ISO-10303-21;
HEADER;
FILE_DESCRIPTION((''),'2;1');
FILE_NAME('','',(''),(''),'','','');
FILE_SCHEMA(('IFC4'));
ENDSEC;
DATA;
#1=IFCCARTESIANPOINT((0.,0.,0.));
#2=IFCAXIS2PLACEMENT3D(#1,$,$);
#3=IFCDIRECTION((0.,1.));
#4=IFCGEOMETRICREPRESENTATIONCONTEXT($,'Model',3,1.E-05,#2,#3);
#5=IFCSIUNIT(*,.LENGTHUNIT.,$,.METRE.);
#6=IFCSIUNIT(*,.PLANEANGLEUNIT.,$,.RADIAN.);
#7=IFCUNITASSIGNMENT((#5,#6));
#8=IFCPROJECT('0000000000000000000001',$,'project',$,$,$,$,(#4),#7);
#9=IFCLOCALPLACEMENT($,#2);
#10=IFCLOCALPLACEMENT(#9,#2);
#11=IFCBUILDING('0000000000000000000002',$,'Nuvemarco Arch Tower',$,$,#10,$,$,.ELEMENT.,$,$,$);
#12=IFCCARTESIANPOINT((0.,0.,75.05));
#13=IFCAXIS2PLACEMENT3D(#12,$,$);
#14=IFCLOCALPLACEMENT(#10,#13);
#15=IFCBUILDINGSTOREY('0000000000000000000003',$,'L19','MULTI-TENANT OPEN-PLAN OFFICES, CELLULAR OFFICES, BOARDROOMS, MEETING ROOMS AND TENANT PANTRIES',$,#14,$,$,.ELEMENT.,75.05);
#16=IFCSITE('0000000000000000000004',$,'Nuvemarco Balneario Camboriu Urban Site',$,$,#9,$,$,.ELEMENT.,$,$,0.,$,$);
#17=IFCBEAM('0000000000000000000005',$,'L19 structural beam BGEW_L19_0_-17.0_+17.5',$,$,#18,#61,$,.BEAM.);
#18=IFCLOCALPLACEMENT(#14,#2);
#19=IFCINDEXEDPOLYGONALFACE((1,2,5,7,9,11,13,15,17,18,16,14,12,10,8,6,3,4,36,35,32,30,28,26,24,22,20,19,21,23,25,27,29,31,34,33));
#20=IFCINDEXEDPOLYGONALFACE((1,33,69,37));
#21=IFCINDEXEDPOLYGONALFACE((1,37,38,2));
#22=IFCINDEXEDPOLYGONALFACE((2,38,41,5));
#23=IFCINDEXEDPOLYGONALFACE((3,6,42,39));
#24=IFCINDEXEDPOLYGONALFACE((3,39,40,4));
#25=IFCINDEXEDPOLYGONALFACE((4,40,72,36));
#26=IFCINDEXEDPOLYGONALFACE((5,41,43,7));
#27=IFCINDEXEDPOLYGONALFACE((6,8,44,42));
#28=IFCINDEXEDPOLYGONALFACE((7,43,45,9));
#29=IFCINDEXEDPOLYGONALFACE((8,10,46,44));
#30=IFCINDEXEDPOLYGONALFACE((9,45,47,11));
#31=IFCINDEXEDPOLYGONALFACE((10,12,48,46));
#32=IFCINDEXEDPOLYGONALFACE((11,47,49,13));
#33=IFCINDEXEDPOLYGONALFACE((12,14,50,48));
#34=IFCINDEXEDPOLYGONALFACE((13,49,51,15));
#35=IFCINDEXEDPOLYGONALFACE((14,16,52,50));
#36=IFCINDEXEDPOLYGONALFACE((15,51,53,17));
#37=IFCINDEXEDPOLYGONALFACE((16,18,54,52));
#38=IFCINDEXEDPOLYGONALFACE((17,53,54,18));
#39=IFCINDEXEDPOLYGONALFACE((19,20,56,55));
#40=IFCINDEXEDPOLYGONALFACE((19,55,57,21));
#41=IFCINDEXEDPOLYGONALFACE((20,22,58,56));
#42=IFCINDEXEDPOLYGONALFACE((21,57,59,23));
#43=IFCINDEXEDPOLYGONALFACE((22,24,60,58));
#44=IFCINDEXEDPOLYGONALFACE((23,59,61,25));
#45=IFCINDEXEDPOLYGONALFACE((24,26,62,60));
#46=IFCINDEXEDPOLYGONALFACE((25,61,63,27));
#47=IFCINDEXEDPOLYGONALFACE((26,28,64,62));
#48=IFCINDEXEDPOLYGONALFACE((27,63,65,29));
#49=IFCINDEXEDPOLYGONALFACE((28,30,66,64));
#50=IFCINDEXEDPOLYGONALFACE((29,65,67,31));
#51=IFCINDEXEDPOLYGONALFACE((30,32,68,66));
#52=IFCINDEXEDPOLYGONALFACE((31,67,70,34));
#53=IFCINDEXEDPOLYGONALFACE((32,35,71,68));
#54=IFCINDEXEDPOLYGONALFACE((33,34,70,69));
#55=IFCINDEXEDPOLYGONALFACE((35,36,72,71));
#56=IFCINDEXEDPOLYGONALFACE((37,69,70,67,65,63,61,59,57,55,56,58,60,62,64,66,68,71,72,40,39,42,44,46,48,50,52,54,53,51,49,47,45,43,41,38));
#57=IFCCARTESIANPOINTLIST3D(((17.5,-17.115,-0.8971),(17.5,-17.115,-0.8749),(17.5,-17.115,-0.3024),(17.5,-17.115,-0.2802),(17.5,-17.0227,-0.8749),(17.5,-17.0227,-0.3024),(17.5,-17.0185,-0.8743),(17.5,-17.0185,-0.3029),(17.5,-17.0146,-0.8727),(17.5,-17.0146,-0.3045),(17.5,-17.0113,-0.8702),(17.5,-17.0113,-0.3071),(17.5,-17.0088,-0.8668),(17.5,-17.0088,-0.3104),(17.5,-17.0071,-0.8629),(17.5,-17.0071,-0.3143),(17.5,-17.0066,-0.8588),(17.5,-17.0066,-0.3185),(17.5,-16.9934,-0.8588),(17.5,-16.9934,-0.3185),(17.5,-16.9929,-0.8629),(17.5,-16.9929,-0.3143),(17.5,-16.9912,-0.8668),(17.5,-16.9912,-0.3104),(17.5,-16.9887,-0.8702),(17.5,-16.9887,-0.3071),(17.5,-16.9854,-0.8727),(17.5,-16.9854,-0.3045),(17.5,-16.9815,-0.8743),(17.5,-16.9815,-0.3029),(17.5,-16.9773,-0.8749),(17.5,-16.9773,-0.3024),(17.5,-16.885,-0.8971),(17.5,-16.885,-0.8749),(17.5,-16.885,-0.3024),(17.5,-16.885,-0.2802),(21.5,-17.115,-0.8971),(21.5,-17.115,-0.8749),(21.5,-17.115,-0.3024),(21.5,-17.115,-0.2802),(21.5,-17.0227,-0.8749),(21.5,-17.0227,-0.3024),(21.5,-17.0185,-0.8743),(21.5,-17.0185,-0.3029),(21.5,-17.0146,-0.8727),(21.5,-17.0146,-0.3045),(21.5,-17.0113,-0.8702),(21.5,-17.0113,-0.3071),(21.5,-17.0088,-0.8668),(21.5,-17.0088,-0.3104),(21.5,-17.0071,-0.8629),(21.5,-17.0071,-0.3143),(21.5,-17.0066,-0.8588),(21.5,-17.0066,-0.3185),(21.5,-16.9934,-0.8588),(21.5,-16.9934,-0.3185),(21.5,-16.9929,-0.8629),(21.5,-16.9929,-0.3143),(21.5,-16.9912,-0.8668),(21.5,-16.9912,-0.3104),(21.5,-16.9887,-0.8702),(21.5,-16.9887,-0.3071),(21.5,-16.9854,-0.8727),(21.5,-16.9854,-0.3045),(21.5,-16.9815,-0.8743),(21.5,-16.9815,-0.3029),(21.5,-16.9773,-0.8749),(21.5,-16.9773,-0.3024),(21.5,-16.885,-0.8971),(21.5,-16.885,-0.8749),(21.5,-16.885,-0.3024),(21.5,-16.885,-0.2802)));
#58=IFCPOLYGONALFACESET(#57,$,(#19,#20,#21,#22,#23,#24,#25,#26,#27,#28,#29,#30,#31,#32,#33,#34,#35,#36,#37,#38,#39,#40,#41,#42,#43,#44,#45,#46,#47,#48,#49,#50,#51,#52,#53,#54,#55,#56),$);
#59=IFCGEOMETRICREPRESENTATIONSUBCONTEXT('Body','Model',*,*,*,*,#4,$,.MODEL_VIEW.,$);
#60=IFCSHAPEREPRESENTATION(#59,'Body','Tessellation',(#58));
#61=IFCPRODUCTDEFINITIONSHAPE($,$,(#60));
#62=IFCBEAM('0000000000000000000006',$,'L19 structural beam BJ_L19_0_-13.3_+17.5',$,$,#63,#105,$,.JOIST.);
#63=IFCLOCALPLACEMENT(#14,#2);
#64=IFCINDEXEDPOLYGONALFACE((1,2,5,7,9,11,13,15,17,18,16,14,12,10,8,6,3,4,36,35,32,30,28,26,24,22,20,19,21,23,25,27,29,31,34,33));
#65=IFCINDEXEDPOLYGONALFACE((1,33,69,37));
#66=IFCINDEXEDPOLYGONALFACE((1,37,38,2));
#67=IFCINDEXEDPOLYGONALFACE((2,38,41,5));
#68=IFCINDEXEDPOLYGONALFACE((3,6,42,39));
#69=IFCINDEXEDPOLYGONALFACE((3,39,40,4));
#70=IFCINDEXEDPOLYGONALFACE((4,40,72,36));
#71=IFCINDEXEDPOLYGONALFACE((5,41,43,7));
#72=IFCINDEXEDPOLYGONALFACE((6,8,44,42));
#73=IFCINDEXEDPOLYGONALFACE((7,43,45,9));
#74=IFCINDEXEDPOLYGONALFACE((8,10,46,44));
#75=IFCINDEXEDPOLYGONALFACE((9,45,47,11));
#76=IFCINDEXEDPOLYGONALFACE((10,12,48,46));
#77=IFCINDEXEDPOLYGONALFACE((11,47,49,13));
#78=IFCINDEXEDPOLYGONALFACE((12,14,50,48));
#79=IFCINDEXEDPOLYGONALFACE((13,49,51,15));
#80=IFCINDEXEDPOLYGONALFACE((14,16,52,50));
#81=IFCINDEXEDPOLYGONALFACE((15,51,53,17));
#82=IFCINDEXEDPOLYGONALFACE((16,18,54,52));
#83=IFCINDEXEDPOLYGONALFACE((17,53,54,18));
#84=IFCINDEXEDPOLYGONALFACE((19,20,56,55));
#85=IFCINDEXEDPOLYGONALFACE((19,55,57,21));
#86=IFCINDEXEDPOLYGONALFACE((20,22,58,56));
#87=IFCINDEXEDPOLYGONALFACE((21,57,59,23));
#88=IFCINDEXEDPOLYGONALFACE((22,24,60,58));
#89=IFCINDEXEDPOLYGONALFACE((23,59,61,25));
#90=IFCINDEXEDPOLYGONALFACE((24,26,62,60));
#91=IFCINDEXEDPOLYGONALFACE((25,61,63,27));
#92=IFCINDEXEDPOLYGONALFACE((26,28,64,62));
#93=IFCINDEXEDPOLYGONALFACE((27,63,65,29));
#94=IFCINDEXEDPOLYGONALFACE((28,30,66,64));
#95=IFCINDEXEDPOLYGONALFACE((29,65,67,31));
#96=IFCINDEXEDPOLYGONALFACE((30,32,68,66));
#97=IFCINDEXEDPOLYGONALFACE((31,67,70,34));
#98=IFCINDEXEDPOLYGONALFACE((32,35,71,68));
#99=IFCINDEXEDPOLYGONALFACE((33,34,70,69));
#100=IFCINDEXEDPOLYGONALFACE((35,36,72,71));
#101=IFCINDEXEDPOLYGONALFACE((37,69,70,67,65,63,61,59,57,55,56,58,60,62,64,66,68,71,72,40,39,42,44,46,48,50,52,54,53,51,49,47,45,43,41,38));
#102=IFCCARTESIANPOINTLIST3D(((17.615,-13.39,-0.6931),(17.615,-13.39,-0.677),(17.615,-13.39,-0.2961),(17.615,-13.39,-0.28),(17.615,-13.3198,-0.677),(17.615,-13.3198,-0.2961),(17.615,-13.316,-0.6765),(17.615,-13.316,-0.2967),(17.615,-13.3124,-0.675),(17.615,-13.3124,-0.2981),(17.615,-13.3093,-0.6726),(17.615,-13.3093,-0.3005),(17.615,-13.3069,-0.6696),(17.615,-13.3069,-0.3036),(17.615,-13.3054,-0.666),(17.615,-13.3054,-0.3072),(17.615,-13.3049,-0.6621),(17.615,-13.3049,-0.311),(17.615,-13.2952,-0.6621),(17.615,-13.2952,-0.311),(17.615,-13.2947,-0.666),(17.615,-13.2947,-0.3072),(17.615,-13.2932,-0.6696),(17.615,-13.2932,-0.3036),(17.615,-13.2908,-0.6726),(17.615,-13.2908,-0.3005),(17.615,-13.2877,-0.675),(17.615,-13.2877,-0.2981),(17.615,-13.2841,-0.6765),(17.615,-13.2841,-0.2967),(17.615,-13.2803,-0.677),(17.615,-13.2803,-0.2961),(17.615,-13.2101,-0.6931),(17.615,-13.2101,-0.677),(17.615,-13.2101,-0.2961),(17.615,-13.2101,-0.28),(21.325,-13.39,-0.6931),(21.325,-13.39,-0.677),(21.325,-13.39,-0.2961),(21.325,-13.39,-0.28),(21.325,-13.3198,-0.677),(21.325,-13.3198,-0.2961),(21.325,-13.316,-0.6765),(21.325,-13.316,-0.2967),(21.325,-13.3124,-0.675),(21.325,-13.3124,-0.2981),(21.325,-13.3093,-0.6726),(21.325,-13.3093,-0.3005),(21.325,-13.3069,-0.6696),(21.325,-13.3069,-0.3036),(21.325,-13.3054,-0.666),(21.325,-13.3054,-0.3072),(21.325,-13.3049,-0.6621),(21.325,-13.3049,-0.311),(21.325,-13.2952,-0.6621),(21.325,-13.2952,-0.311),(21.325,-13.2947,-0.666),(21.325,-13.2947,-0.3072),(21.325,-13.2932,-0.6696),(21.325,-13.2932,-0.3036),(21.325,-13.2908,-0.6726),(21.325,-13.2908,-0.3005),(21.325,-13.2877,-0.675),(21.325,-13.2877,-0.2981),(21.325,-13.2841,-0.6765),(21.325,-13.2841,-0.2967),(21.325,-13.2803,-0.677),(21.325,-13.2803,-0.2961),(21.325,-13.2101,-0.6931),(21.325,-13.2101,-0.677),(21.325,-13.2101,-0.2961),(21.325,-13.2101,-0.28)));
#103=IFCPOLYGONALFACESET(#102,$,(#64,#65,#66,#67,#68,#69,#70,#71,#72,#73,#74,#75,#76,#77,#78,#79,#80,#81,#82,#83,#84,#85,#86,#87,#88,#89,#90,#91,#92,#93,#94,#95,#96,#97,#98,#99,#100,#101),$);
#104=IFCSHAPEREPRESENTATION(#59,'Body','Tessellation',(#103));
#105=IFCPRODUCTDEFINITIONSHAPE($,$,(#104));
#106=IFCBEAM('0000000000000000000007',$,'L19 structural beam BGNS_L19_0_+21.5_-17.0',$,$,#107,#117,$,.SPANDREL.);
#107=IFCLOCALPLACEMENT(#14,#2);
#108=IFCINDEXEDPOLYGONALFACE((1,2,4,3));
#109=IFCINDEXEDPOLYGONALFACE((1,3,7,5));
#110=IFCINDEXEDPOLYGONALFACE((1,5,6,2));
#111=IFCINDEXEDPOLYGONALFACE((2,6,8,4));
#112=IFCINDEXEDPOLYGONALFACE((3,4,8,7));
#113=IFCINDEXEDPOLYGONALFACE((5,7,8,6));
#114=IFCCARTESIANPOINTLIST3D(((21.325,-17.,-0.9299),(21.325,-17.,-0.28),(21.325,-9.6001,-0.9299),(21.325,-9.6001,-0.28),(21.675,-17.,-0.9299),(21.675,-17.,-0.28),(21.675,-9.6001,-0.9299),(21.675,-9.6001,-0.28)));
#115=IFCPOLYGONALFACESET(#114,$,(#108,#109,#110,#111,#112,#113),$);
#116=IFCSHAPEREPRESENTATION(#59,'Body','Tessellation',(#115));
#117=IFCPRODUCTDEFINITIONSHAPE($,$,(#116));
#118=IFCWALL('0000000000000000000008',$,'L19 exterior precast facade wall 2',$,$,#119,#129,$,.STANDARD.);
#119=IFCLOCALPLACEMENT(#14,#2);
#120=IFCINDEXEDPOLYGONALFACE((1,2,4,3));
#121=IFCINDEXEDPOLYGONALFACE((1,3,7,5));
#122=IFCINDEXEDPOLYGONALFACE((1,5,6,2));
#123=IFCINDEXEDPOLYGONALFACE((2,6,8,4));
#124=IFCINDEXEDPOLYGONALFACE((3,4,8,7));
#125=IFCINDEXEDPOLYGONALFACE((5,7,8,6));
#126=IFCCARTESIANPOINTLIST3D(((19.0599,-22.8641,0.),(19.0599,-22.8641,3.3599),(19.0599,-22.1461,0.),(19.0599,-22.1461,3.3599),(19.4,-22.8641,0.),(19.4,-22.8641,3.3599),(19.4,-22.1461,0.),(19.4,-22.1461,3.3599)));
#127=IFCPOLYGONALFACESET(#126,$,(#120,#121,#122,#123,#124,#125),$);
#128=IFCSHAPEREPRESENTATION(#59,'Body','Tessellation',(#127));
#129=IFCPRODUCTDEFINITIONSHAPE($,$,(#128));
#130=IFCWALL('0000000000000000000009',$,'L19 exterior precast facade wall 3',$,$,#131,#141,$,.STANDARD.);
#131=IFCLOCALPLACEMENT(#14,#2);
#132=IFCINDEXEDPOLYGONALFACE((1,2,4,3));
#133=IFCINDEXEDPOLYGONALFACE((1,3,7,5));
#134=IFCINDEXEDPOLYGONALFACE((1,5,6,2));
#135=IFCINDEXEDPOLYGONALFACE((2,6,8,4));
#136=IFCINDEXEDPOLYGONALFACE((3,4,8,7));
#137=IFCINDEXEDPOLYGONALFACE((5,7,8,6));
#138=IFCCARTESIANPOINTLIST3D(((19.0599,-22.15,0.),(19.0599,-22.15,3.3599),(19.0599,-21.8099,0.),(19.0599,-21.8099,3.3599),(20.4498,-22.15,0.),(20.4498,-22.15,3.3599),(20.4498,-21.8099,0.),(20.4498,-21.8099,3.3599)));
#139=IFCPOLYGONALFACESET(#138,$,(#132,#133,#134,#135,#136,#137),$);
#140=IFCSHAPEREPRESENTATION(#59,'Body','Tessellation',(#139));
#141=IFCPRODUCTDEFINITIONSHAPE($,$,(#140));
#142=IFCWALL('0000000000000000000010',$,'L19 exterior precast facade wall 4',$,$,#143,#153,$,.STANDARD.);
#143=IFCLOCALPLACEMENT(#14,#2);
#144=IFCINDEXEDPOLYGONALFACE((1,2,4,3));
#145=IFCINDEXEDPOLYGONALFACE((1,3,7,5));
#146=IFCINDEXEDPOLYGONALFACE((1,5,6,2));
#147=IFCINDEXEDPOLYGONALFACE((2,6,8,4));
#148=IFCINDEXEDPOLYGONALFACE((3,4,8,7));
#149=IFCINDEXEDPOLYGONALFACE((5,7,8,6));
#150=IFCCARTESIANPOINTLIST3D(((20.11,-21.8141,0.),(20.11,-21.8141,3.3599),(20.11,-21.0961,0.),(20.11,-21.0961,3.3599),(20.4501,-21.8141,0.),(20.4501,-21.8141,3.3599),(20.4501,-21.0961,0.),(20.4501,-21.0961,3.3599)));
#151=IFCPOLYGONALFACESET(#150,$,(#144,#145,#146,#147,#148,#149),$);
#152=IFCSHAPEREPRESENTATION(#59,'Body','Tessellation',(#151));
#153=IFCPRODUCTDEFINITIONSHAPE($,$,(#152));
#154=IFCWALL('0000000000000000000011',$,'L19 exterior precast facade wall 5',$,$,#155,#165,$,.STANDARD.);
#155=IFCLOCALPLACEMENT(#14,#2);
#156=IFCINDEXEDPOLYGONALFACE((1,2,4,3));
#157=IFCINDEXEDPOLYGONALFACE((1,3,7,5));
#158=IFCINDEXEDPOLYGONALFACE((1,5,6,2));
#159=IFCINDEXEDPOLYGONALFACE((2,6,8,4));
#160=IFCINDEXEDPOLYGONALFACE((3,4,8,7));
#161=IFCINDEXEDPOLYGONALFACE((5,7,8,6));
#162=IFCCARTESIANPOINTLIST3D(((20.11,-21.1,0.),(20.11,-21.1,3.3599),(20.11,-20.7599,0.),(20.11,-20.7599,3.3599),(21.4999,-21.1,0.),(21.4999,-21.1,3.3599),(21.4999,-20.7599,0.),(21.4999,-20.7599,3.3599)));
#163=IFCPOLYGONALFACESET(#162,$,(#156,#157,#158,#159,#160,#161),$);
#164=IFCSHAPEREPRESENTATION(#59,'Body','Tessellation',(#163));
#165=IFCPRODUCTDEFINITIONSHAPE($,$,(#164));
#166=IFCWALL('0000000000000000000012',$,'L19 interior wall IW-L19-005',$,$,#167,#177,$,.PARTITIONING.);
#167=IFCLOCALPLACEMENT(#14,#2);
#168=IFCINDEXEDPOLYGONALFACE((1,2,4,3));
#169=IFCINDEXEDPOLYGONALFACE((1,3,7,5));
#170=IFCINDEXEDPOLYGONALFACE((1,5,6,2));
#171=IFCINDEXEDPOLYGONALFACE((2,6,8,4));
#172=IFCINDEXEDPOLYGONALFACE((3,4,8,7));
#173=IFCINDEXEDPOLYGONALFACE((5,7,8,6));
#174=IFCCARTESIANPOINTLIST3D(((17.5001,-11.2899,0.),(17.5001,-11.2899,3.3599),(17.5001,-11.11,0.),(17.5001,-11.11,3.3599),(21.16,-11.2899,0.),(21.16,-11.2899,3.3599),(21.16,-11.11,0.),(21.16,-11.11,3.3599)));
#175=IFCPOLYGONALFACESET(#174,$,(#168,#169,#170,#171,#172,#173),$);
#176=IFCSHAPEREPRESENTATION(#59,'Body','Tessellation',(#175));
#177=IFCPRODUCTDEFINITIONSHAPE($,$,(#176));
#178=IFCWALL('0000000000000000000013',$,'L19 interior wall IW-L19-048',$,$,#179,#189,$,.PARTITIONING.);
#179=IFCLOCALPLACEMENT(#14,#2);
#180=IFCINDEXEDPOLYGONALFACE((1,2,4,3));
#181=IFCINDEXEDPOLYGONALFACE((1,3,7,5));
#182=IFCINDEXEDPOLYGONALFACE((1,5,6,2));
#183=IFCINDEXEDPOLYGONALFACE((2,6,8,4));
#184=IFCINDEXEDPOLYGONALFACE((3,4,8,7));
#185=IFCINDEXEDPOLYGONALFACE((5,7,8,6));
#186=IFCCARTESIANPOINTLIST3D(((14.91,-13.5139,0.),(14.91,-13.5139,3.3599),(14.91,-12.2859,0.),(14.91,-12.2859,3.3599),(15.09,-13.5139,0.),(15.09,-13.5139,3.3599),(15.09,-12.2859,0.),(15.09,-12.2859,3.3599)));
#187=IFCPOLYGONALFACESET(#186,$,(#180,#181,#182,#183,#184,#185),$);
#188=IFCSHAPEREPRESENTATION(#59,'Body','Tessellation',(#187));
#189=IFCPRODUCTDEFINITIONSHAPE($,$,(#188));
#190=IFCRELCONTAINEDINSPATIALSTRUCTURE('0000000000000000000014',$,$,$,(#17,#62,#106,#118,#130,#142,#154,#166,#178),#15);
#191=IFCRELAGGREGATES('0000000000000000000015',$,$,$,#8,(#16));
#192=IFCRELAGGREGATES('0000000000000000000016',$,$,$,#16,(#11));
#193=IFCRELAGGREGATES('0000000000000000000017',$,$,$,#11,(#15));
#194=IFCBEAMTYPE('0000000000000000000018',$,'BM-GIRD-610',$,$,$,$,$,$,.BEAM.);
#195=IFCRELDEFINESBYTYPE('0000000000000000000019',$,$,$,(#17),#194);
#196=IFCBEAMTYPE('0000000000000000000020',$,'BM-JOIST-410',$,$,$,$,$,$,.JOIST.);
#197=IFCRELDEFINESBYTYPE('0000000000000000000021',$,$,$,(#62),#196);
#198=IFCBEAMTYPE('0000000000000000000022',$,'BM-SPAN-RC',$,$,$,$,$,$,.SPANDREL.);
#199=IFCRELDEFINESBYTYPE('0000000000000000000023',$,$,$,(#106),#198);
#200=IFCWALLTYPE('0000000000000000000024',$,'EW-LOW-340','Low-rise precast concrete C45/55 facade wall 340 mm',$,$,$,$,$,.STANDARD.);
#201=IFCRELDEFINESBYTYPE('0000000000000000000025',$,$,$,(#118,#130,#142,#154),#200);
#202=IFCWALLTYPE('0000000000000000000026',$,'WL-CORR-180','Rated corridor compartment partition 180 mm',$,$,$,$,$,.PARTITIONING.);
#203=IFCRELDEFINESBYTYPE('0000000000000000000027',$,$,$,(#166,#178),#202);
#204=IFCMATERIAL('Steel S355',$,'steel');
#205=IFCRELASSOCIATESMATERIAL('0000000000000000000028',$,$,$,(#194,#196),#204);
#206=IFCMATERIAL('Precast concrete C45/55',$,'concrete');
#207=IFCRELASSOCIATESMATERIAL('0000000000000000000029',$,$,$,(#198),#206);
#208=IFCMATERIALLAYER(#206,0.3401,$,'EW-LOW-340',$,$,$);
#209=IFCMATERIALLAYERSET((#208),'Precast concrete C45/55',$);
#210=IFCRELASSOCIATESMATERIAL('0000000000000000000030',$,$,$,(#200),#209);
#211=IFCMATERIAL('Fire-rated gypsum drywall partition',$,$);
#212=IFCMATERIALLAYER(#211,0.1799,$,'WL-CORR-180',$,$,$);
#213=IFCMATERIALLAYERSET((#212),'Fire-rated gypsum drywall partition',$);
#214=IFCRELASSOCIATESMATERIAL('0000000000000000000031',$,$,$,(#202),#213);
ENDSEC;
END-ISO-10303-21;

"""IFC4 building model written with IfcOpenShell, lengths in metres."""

from ifc_helpers import new_model, si_unit, direction, frame, frame_2d, origin, origin_2d, place, context, subcontext, project, spatial, rectangle, i_section, extrude, material, layer, layer_set, material_profile, profile_set, type_object, element, save


model = new_model("IFC4")

# Units and contexts
model_context = context("Model", 3, precision=1e-05, world=origin(), true_north=direction((0.0, 1.0)))
body_context = subcontext(model_context, "Body", "Model", "MODEL_VIEW")
ifc_project = project(units=[si_unit("LENGTHUNIT", "METRE"), si_unit("PLANEANGLEUNIT", "RADIAN")], contexts=[model_context])

# Site, building, storey
site_placement = place(None, origin())
site = spatial("IfcSite", under=ifc_project, at=site_placement, Name="Nuvemarco Balneario Camboriu Urban Site", CompositionType="ELEMENT", RefElevation=0.0)
building_placement = place(site_placement, origin())
building = spatial("IfcBuilding", under=site, at=building_placement, Name="Nuvemarco Arch Tower", CompositionType="ELEMENT")
storey_placement = place(building_placement, frame((0.0, 0.0, 75.05)))
storey = spatial("IfcBuildingStorey", under=building, at=storey_placement, Name="L19", Description="MULTI-TENANT OPEN-PLAN OFFICES, CELLULAR OFFICES, BOARDROOMS, MEETING ROOMS AND TENANT PANTRIES", CompositionType="ELEMENT", Elevation=75.05)

# Shared definitions
ifc_material_1 = material(Name="Steel S355", Category="steel")

# Beams
ifc_material_profile_1 = material_profile(ifc_material_1, i_section(OverallWidth=0.23, OverallDepth=0.6169, WebThickness=0.0132, FlangeThickness=0.0222, FilletRadius=0.0161, at=origin_2d()), Name="W610x140")
ifc_profile_set_1 = profile_set([ifc_material_profile_1], Name="Steel S355")
beam_type_1 = type_object("IfcBeamType", Name="BM-GIRD-610", PredefinedType="BEAM", material=ifc_profile_set_1)
beam_1_placement = place(storey_placement, frame((17.5, -17.0, -0.5886), z_axis=(1.0, 0.0, 0.0), x_axis=(0.0, 1.0, 0.0)))
element("IfcBeam", 1, at=beam_1_placement, inside=storey, type_object=beam_type_1, Name="L19 structural beam BGEW_L19_0_-17.0_+17.5", PredefinedType="BEAM", context=body_context, shape_type="SweptSolid", body=[
    extrude(i_section(OverallWidth=0.23, OverallDepth=0.6169, WebThickness=0.0132, FlangeThickness=0.0222, FilletRadius=0.0161, at=origin_2d()), origin(), (0.0, 0.0, 1.0), 4.0),
])
ifc_material_profile_2 = material_profile(ifc_material_1, i_section(OverallWidth=0.1799, OverallDepth=0.4131, WebThickness=0.0098, FlangeThickness=0.0161, FilletRadius=0.0149, at=origin_2d()), Name="W410x75")
ifc_profile_set_2 = profile_set([ifc_material_profile_2], Name="Steel S355")
beam_type_2 = type_object("IfcBeamType", Name="BM-JOIST-410", PredefinedType="JOIST", material=ifc_profile_set_2)
beam_2_placement = place(storey_placement, frame((17.615, -13.3, -0.4866), z_axis=(1.0, 0.0, 0.0), x_axis=(0.0, 1.0, 0.0)))
element("IfcBeam", 2, at=beam_2_placement, inside=storey, type_object=beam_type_2, Name="L19 structural beam BJ_L19_0_-13.3_+17.5", PredefinedType="JOIST", context=body_context, shape_type="SweptSolid", body=[
    extrude(i_section(OverallWidth=0.1799, OverallDepth=0.4131, WebThickness=0.0098, FlangeThickness=0.0161, FilletRadius=0.0149, at=origin_2d()), origin(), (0.0, 0.0, 1.0), 3.71),
])
ifc_material_2 = material(Name="Precast concrete C45/55", Category="concrete")
ifc_material_profile_3 = material_profile(ifc_material_2, rectangle(XDim=0.3501, YDim=0.6499, at=origin_2d()), Name="PC-SP-350x650")
ifc_profile_set_3 = profile_set([ifc_material_profile_3], Name="Precast concrete C45/55")
beam_type_3 = type_object("IfcBeamType", Name="BM-SPAN-RC", PredefinedType="SPANDREL", material=ifc_profile_set_3)
beam_3_placement = place(storey_placement, frame((21.5, -17.0, -0.605), z_axis=(0.0, 1.0, 0.0), x_axis=(-1.0, 0.0, 0.0)))
element("IfcBeam", 3, at=beam_3_placement, inside=storey, type_object=beam_type_3, Name="L19 structural beam BGNS_L19_0_+21.5_-17.0", PredefinedType="SPANDREL", context=body_context, shape_type="SweptSolid", body=[
    extrude(rectangle(XDim=0.3501, YDim=0.6499, at=origin_2d()), origin(), (0.0, 0.0, 1.0), 7.3999),
])

# Walls
ifc_layer_1 = layer(ifc_material_2, 0.3401, Name="EW-LOW-340")
ifc_layer_set_1 = layer_set([ifc_layer_1], Name="Precast concrete C45/55")
wall_type_1 = type_object("IfcWallType", Name="EW-LOW-340", Description="Low-rise precast concrete C45/55 facade wall 340 mm", PredefinedType="STANDARD", material=ifc_layer_set_1)
wall_1_placement = place(storey_placement, frame((19.23, -22.864, 0.0), z_axis=(0.0, 0.0, 1.0), x_axis=(0.0, 1.0, 0.0)))
element("IfcWall", 4, at=wall_1_placement, inside=storey, type_object=wall_type_1, Name="L19 exterior precast facade wall 2", PredefinedType="STANDARD", context=body_context, shape_type="SweptSolid", body=[
    extrude(rectangle(XDim=0.718, YDim=0.3401, at=frame_2d((0.3589, 0.0))), origin(), (0.0, 0.0, 1.0), 3.3599),
])
wall_2_placement = place(storey_placement, frame((19.0601, -21.98, 0.0), z_axis=(0.0, 0.0, 1.0), x_axis=(1.0, 0.0, 0.0)))
element("IfcWall", 5, at=wall_2_placement, inside=storey, type_object=wall_type_1, Name="L19 exterior precast facade wall 3", PredefinedType="STANDARD", context=body_context, shape_type="SweptSolid", body=[
    extrude(rectangle(XDim=1.3899, YDim=0.3401, at=frame_2d((0.6948, 0.0))), origin(), (0.0, 0.0, 1.0), 3.3599),
])
wall_3_placement = place(storey_placement, frame((20.28, -21.814, 0.0), z_axis=(0.0, 0.0, 1.0), x_axis=(0.0, 1.0, 0.0)))
element("IfcWall", 6, at=wall_3_placement, inside=storey, type_object=wall_type_1, Name="L19 exterior precast facade wall 4", PredefinedType="STANDARD", context=body_context, shape_type="SweptSolid", body=[
    extrude(rectangle(XDim=0.718, YDim=0.3401, at=frame_2d((0.3589, 0.0))), origin(), (0.0, 0.0, 1.0), 3.3599),
])
wall_4_placement = place(storey_placement, frame((20.1101, -20.9299, 0.0), z_axis=(0.0, 0.0, 1.0), x_axis=(1.0, 0.0, 0.0)))
element("IfcWall", 7, at=wall_4_placement, inside=storey, type_object=wall_type_1, Name="L19 exterior precast facade wall 5", PredefinedType="STANDARD", context=body_context, shape_type="SweptSolid", body=[
    extrude(rectangle(XDim=1.3899, YDim=0.3401, at=frame_2d((0.6948, 0.0))), origin(), (0.0, 0.0, 1.0), 3.3599),
])

# Walls
ifc_material_3 = material(Name="Fire-rated gypsum drywall partition")
ifc_layer_2 = layer(ifc_material_3, 0.1799, Name="WL-CORR-180")
ifc_layer_set_2 = layer_set([ifc_layer_2], Name="Fire-rated gypsum drywall partition")
wall_type_2 = type_object("IfcWallType", Name="WL-CORR-180", Description="Rated corridor compartment partition 180 mm", PredefinedType="PARTITIONING", material=ifc_layer_set_2)
wall_5_placement = place(storey_placement, frame((17.5, -11.2, 0.0), z_axis=(0.0, 0.0, 1.0), x_axis=(1.0, 0.0, 0.0)))
element("IfcWall", 8, at=wall_5_placement, inside=storey, type_object=wall_type_2, Name="L19 interior wall IW-L19-005", PredefinedType="PARTITIONING", context=body_context, shape_type="SweptSolid", body=[
    extrude(rectangle(XDim=3.6599, YDim=0.1799, at=frame_2d((1.8301, 0.0))), origin(), (0.0, 0.0, 1.0), 3.3599),
])
wall_6_placement = place(storey_placement, frame((15.0, -13.5139, 0.0), z_axis=(0.0, 0.0, 1.0), x_axis=(0.0, 1.0, 0.0)))
element("IfcWall", 9, at=wall_6_placement, inside=storey, type_object=wall_type_2, Name="L19 interior wall IW-L19-048", PredefinedType="PARTITIONING", context=body_context, shape_type="SweptSolid", body=[
    extrude(rectangle(XDim=1.228, YDim=0.1799, at=frame_2d((0.614, 0.0))), origin(), (0.0, 0.0, 1.0), 3.3599),
])

save(model, "model.ifc")
